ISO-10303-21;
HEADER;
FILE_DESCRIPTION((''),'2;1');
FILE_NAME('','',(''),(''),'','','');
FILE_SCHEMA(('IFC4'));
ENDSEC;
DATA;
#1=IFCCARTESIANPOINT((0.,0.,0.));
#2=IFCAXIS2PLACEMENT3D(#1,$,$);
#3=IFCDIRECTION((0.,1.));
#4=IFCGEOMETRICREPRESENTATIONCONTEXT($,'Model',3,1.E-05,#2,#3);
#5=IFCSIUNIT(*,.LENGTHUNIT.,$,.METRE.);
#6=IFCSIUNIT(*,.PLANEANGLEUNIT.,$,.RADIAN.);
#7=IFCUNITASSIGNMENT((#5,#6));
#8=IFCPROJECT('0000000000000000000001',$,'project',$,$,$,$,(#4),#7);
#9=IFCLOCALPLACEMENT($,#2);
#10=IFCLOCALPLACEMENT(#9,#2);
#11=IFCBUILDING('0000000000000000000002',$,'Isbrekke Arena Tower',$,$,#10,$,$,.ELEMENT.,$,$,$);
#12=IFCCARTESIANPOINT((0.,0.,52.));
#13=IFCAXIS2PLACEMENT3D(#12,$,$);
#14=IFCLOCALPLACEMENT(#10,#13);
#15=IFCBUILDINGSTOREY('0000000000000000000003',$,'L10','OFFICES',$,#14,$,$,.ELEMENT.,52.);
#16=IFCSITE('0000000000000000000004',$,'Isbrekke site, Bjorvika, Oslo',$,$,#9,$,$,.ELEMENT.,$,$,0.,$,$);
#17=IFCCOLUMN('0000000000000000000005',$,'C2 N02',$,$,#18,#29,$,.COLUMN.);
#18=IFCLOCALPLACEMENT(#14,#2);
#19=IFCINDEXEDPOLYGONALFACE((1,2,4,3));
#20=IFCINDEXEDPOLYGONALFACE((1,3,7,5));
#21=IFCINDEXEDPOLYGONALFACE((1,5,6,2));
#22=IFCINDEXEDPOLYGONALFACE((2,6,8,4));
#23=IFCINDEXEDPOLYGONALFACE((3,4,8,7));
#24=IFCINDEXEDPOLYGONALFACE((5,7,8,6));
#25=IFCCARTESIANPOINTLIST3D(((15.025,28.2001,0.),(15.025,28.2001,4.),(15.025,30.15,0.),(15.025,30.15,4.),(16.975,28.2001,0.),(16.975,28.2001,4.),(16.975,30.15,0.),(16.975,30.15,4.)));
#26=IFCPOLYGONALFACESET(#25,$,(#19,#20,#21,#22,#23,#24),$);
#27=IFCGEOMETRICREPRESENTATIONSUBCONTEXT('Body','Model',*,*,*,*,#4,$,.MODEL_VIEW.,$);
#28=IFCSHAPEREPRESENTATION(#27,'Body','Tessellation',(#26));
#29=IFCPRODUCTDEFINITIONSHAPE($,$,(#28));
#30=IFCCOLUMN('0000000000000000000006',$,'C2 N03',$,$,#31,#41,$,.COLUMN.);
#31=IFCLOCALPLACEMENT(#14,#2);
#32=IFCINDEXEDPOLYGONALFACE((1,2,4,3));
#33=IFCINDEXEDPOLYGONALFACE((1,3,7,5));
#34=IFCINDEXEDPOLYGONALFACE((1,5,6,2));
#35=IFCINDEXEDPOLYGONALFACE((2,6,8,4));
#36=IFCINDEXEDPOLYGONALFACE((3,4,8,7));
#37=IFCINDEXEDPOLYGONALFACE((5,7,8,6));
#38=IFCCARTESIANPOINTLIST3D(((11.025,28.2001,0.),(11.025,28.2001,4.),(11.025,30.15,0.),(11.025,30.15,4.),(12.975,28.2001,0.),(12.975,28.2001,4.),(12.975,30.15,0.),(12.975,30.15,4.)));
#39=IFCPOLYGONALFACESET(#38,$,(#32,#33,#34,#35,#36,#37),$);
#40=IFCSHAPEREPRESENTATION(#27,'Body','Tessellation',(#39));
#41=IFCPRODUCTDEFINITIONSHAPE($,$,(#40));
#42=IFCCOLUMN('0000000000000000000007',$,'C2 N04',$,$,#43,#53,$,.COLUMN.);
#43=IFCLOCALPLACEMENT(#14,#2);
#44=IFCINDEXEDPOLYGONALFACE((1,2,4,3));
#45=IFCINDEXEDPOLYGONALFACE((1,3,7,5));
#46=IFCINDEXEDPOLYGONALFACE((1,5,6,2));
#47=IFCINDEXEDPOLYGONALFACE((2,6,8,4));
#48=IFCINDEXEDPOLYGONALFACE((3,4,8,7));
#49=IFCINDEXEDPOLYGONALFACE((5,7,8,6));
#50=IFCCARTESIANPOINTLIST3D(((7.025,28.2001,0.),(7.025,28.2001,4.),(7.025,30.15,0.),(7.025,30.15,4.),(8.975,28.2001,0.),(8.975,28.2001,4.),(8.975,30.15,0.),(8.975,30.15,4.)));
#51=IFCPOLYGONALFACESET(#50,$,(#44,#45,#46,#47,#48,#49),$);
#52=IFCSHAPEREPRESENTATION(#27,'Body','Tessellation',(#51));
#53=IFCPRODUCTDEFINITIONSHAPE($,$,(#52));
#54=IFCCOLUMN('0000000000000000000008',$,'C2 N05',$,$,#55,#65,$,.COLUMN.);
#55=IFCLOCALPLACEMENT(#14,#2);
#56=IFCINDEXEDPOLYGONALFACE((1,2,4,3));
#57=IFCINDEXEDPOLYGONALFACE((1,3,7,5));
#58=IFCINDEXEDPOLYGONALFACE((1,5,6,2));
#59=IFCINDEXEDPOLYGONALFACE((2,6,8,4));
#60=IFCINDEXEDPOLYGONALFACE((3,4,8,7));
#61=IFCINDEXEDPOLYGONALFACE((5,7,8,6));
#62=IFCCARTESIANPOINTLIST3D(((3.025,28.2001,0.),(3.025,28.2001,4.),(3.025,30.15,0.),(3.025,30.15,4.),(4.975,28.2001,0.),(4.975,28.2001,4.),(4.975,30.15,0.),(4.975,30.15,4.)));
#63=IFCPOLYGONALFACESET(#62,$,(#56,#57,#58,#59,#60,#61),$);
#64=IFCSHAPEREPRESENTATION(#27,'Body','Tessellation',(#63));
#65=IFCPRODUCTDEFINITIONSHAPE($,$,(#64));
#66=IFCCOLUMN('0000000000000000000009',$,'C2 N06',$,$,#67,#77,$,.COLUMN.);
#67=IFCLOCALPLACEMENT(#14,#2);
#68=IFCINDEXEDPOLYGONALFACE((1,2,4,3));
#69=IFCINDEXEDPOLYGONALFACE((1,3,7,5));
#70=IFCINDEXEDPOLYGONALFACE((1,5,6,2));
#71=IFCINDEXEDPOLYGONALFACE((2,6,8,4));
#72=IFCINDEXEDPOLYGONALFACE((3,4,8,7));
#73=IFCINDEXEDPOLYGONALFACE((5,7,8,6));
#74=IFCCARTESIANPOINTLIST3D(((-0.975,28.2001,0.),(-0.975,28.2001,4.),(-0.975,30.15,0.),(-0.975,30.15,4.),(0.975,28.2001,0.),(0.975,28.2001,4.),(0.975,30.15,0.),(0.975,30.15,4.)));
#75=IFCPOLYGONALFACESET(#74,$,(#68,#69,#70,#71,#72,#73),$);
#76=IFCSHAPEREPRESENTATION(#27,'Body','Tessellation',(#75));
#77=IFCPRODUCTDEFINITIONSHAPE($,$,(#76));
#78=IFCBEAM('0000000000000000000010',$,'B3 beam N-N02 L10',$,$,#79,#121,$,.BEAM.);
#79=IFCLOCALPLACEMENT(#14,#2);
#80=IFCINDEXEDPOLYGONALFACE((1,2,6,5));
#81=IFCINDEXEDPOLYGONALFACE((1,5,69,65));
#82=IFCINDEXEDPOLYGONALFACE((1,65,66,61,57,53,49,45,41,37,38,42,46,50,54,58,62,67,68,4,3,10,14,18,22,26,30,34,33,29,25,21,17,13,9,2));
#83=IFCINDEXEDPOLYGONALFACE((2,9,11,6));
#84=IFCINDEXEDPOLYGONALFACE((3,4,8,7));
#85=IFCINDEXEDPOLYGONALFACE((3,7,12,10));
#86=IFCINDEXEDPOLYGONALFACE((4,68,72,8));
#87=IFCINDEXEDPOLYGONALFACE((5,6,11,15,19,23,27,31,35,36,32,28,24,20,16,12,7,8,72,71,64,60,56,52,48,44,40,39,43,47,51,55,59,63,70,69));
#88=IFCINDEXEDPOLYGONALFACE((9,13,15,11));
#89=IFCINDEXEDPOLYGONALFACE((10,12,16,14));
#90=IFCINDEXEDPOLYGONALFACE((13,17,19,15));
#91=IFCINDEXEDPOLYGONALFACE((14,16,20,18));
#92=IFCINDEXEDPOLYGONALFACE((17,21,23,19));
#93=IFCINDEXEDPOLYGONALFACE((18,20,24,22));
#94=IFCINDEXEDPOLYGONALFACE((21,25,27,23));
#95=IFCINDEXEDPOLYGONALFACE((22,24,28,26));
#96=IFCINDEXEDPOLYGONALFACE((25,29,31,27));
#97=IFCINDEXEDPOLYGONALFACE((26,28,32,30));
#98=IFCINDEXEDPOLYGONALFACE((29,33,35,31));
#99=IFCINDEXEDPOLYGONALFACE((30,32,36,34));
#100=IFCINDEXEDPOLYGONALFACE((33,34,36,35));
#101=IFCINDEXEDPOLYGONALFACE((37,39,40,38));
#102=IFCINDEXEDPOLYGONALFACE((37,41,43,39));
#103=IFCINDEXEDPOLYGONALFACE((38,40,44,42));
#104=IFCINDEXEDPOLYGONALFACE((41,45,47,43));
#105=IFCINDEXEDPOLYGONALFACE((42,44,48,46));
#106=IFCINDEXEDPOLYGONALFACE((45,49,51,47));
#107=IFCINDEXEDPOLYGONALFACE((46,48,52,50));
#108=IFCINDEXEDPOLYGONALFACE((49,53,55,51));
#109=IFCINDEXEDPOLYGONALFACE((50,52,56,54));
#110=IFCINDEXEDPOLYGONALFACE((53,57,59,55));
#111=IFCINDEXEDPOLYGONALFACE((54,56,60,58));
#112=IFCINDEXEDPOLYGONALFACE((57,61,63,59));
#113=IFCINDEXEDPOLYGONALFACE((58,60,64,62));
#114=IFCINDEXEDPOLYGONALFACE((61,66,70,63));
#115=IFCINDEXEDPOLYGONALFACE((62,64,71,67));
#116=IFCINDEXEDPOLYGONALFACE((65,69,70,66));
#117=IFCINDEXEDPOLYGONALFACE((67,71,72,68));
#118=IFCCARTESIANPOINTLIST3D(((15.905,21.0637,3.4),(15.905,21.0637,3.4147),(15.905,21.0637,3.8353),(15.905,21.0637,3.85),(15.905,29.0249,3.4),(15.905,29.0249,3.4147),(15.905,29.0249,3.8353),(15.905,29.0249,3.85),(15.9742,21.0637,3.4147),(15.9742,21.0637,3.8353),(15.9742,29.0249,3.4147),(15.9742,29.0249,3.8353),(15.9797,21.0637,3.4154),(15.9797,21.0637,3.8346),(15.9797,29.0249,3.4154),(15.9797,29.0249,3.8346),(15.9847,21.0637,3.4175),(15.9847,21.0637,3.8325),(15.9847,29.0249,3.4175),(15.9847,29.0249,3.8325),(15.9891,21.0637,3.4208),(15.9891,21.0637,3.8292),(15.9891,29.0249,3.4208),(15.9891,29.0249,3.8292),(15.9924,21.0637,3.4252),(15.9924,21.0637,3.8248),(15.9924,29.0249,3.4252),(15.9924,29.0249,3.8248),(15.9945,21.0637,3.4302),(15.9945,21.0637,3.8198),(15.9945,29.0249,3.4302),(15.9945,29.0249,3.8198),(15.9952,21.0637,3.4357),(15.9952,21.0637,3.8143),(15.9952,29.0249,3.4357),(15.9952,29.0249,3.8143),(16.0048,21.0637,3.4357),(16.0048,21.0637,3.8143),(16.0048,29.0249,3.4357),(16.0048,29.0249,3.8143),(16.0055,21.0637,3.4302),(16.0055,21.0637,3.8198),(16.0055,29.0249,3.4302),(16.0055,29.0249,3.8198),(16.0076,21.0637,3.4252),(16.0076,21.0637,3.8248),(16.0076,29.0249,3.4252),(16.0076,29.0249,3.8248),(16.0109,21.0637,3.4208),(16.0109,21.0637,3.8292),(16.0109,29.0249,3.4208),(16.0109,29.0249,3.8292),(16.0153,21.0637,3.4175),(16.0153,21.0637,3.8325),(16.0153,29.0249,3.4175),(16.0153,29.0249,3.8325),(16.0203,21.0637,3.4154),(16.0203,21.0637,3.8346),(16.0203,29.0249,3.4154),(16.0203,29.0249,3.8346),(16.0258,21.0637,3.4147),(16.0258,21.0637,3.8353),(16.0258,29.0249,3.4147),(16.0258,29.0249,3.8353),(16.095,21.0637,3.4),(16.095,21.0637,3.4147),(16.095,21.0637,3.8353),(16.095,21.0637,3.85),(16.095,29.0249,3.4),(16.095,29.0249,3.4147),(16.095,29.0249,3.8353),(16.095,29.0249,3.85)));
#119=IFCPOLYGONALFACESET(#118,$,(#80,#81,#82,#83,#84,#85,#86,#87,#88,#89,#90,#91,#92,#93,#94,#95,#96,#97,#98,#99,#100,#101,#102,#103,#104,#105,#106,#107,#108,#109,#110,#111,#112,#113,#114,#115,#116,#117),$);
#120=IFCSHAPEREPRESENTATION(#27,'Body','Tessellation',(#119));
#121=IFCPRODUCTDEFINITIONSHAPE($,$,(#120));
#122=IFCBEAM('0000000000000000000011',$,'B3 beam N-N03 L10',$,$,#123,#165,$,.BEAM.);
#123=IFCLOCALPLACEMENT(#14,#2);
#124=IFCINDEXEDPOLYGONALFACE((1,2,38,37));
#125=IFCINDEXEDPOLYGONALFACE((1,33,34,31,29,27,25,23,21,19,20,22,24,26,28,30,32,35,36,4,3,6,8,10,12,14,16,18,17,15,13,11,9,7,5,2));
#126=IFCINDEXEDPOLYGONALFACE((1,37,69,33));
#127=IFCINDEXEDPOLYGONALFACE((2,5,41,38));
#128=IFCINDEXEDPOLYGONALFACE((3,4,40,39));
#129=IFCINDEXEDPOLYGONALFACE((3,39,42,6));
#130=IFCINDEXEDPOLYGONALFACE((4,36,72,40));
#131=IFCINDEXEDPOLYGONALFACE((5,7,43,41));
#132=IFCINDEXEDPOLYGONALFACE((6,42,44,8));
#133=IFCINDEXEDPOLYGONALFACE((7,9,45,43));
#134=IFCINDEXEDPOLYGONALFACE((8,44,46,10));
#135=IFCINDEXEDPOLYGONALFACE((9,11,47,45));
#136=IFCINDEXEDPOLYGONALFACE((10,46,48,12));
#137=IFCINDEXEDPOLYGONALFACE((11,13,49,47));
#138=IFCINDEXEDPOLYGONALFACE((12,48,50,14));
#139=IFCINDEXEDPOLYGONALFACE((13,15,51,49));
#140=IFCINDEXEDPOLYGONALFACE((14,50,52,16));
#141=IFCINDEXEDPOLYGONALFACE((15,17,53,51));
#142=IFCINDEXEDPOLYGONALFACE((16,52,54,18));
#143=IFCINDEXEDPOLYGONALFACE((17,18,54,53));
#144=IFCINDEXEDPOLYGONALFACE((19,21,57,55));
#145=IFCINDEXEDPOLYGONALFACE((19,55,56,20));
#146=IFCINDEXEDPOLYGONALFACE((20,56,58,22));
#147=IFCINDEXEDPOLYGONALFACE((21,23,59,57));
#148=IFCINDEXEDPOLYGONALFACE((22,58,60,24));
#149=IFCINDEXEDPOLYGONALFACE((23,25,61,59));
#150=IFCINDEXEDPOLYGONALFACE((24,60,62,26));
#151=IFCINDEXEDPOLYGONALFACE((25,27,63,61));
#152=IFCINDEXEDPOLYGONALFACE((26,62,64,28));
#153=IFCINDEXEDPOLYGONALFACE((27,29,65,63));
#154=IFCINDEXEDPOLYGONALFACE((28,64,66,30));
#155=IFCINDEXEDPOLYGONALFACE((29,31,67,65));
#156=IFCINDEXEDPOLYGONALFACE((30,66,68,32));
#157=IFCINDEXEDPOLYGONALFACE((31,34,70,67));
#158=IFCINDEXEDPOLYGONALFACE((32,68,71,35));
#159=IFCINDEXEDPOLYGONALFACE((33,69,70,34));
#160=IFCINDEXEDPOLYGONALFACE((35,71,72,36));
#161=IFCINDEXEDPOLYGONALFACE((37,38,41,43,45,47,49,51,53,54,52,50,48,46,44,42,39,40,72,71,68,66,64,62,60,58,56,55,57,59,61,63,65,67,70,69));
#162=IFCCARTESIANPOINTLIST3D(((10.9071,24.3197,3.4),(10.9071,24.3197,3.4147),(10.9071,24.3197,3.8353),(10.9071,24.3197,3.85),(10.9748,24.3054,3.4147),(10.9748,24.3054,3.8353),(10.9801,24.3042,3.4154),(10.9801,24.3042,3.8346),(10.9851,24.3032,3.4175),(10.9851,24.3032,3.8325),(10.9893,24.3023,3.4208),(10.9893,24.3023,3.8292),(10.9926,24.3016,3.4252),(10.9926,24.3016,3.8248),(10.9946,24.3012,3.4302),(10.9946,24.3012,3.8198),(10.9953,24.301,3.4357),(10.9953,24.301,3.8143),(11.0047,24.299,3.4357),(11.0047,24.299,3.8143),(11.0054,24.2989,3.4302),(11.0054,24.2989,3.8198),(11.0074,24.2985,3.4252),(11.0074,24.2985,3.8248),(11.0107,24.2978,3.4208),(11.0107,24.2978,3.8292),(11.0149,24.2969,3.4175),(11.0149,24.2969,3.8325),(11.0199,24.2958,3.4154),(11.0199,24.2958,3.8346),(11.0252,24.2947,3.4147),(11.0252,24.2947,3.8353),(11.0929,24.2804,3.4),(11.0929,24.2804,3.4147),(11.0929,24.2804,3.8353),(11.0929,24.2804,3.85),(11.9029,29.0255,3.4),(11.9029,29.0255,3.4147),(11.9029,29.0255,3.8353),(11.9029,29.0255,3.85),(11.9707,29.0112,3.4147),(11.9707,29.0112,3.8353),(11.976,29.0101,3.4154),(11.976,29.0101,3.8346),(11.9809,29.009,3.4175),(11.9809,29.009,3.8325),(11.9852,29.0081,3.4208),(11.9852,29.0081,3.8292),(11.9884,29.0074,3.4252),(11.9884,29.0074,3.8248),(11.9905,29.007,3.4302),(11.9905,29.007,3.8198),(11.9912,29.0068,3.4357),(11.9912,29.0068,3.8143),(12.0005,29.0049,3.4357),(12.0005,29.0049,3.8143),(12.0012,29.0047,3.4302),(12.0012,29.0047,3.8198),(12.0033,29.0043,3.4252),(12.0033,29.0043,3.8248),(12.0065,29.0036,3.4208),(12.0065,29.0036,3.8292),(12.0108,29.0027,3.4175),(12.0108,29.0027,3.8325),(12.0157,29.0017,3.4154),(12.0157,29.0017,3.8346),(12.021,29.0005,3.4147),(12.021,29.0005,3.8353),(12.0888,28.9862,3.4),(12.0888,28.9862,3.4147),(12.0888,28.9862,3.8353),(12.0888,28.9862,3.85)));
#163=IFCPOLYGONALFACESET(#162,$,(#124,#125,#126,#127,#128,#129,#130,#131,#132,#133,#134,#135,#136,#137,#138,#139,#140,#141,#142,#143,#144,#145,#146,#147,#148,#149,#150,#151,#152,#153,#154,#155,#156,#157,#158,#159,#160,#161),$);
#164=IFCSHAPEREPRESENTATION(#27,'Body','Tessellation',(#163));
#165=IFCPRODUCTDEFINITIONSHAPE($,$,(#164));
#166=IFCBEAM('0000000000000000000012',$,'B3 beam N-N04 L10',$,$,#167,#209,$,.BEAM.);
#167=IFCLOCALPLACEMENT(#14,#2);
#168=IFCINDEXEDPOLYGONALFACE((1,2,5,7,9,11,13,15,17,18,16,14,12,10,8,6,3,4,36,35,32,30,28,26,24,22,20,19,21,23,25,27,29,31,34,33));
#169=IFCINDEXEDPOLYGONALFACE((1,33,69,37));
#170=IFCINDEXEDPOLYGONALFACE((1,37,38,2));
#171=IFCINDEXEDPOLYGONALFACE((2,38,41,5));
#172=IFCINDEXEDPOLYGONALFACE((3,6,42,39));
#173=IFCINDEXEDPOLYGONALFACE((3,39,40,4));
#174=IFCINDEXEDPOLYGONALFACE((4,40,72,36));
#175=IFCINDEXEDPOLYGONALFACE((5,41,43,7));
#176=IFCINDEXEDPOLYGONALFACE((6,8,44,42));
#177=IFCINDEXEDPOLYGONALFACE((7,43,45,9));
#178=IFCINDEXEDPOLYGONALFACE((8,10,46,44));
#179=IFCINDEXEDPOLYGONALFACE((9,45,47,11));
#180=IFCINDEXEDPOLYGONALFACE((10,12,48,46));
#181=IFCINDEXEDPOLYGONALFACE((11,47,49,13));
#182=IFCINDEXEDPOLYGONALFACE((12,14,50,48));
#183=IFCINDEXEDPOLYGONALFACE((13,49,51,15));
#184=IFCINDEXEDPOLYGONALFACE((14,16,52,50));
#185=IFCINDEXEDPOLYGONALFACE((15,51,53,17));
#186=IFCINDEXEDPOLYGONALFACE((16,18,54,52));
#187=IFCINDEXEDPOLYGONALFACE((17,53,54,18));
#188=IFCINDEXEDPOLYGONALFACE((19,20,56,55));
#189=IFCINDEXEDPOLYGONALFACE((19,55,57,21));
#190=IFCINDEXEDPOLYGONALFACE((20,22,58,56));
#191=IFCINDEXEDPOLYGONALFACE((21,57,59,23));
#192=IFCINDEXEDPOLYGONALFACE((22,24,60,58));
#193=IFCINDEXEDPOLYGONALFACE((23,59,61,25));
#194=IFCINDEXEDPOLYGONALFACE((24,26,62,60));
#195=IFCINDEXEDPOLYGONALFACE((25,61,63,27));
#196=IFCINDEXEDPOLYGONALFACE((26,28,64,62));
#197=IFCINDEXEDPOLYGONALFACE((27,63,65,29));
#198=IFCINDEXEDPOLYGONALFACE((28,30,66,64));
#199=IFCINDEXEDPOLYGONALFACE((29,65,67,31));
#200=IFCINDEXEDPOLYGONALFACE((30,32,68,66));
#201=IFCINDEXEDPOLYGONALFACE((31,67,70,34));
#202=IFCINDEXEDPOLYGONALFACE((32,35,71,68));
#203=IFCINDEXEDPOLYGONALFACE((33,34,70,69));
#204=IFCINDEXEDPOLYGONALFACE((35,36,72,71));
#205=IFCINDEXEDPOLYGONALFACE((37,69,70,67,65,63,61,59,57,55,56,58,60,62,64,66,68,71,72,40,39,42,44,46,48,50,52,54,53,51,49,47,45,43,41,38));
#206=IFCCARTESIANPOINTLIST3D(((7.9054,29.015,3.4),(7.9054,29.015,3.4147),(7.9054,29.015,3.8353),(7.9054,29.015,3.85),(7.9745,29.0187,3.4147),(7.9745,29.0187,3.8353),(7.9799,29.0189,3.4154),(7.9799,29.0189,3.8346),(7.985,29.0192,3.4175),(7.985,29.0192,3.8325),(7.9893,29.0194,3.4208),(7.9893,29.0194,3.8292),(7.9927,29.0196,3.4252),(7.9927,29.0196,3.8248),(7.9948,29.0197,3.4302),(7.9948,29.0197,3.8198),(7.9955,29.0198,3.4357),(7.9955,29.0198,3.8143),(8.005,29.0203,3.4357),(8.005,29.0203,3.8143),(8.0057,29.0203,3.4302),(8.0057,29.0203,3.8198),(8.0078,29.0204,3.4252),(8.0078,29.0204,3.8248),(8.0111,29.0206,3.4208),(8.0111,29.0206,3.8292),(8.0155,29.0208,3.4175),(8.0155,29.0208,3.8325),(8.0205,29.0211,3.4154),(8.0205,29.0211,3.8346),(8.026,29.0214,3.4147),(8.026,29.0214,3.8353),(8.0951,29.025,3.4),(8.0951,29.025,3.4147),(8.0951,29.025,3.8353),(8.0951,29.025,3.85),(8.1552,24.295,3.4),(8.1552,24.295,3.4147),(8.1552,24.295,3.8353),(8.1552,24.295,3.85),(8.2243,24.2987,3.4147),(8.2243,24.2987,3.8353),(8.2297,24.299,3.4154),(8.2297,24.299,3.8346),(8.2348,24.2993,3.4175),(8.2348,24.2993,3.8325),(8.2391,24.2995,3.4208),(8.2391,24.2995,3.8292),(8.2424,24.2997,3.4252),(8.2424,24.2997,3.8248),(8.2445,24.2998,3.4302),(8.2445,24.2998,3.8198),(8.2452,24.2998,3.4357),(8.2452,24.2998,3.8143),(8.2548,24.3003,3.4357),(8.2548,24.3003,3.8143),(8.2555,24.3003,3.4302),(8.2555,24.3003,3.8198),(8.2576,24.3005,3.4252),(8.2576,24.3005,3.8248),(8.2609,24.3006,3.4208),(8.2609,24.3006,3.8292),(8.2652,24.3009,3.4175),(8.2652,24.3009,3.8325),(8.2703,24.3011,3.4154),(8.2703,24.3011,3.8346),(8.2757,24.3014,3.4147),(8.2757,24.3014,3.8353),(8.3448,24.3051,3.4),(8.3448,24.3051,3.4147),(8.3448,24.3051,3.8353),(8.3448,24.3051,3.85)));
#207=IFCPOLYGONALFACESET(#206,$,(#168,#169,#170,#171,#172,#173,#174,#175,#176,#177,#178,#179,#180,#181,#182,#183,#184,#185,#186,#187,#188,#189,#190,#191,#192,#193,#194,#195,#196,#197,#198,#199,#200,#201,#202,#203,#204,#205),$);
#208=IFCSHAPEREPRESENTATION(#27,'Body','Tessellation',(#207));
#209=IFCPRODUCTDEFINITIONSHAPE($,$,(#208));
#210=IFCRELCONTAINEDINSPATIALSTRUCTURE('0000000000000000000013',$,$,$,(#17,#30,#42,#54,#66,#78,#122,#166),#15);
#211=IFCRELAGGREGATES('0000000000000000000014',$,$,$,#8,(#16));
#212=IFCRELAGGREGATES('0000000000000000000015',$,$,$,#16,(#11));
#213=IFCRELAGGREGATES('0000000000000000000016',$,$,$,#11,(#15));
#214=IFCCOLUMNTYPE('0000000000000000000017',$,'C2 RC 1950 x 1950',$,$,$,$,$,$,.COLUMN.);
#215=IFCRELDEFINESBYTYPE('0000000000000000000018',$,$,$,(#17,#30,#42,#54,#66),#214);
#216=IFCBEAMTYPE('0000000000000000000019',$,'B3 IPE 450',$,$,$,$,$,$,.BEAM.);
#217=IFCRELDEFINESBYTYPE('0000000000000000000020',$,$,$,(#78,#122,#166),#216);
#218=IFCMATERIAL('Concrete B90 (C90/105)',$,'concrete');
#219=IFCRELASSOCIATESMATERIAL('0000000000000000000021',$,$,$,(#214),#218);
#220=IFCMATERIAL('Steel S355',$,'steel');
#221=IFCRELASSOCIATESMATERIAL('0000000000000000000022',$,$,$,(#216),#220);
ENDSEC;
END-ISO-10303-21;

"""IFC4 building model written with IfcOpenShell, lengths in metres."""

from ifc_helpers import new_model, si_unit, direction, frame, origin, origin_2d, place, context, subcontext, project, spatial, rectangle, i_section, extrude, material, material_profile, profile_set, type_object, element, save


model = new_model("IFC4")

# Units and contexts
model_context = context("Model", 3, precision=1e-05, world=origin(), true_north=direction((0.0, 1.0)))
body_context = subcontext(model_context, "Body", "Model", "MODEL_VIEW")
ifc_project = project(units=[si_unit("LENGTHUNIT", "METRE"), si_unit("PLANEANGLEUNIT", "RADIAN")], contexts=[model_context])

# Site, building, storey
site_placement = place(None, origin())
site = spatial("IfcSite", under=ifc_project, at=site_placement, Name="Isbrekke site, Bjorvika, Oslo", CompositionType="ELEMENT", RefElevation=0.0)
building_placement = place(site_placement, origin())
building = spatial("IfcBuilding", under=site, at=building_placement, Name="Isbrekke Arena Tower", CompositionType="ELEMENT")
storey_placement = place(building_placement, frame((0.0, 0.0, 52.0)))
storey = spatial("IfcBuildingStorey", under=building, at=storey_placement, Name="L10", Description="OFFICES", CompositionType="ELEMENT", Elevation=52.0)

# Columns
ifc_material_1 = material(Name="Concrete B90 (C90/105)", Category="concrete")
ifc_material_profile_1 = material_profile(ifc_material_1, rectangle(XDim=1.95, YDim=1.95, at=origin_2d()), Name="RC 1950x1950")
ifc_profile_set_1 = profile_set([ifc_material_profile_1], Name="Concrete B90 (C90/105)")
column_type = type_object("IfcColumnType", Name="C2 RC 1950 x 1950", PredefinedType="COLUMN", material=ifc_profile_set_1)
for number, where, z_axis, x_axis, name in (
    (1, (16.0, 29.175, 0.0), (0.0, 0.0, 1.0), (-1.0, 0.0, 0.0), "C2 N02"),
    (2, (12.0, 29.175, 0.0), (0.0, 0.0, 1.0), (-1.0, 0.0, 0.0), "C2 N03"),
    (3, (8.0, 29.175, 0.0), (0.0, 0.0, 1.0), (-1.0, 0.0, 0.0), "C2 N04"),
    (4, (4.0, 29.175, 0.0), (0.0, 0.0, 1.0), (-1.0, 0.0, 0.0), "C2 N05"),
    (5, (0.0, 29.175, 0.0), (0.0, 0.0, 1.0), (-1.0, 0.0, 0.0), "C2 N06"),
):
    element("IfcColumn", number, at=place(storey_placement, frame(where, z_axis=z_axis, x_axis=x_axis)), inside=storey, type_object=column_type, Name=name, PredefinedType="COLUMN", context=body_context, shape_type="SweptSolid", body=[
        extrude(rectangle(XDim=1.95, YDim=1.95, at=origin_2d()), origin(), (0.0, 0.0, 1.0), 4.0),
    ])

# Beams
ifc_material_2 = material(Name="Steel S355", Category="steel")
ifc_material_profile_2 = material_profile(ifc_material_2, i_section(OverallWidth=0.1899, OverallDepth=0.45, WebThickness=0.0095, FlangeThickness=0.0146, FilletRadius=0.021, at=origin_2d()), Name="IPE 450")
ifc_profile_set_2 = profile_set([ifc_material_profile_2], Name="Steel S355")
beam_type_1 = type_object("IfcBeamType", Name="B3 IPE 450", PredefinedType="BEAM", material=ifc_profile_set_2)
beam_1_placement = place(storey_placement, frame((16.0, 29.0249, 3.625), z_axis=(0.0, -1.0, 0.0), x_axis=(1.0, 0.0, 0.0)))
element("IfcBeam", 6, at=beam_1_placement, inside=storey, type_object=beam_type_1, Name="B3 beam N-N02 L10", PredefinedType="BEAM", context=body_context, shape_type="SweptSolid", body=[
    extrude(i_section(OverallWidth=0.1899, OverallDepth=0.45, WebThickness=0.0095, FlangeThickness=0.0146, FilletRadius=0.021, at=origin_2d()), origin(), (0.0, 0.0, 1.0), 7.9612),
])
beam_2_placement = place(storey_placement, frame((11.9958, 29.0059, 3.625), z_axis=(-0.207036, -0.978333, 0.0), x_axis=(0.978333, -0.207036, 0.0)))
element("IfcBeam", 7, at=beam_2_placement, inside=storey, type_object=beam_type_1, Name="B3 beam N-N03 L10", PredefinedType="BEAM", context=body_context, shape_type="SweptSolid", body=[
    extrude(i_section(OverallWidth=0.1899, OverallDepth=0.45, WebThickness=0.0095, FlangeThickness=0.0146, FilletRadius=0.021, at=origin_2d()), origin(), (0.0, 0.0, 1.0), 4.8101),
])
beam_3_placement = place(storey_placement, frame((8.0002, 29.02, 3.625), z_axis=(0.052841, -0.998603, 0.0), x_axis=(0.998603, 0.052841, 0.0)))
element("IfcBeam", 8, at=beam_3_placement, inside=storey, type_object=beam_type_1, Name="B3 beam N-N04 L10", PredefinedType="BEAM", context=body_context, shape_type="SweptSolid", body=[
    extrude(i_section(OverallWidth=0.1899, OverallDepth=0.45, WebThickness=0.0095, FlangeThickness=0.0146, FilletRadius=0.021, at=origin_2d()), origin(), (0.0, 0.0, 1.0), 4.7266),
])

save(model, "model.ifc")
